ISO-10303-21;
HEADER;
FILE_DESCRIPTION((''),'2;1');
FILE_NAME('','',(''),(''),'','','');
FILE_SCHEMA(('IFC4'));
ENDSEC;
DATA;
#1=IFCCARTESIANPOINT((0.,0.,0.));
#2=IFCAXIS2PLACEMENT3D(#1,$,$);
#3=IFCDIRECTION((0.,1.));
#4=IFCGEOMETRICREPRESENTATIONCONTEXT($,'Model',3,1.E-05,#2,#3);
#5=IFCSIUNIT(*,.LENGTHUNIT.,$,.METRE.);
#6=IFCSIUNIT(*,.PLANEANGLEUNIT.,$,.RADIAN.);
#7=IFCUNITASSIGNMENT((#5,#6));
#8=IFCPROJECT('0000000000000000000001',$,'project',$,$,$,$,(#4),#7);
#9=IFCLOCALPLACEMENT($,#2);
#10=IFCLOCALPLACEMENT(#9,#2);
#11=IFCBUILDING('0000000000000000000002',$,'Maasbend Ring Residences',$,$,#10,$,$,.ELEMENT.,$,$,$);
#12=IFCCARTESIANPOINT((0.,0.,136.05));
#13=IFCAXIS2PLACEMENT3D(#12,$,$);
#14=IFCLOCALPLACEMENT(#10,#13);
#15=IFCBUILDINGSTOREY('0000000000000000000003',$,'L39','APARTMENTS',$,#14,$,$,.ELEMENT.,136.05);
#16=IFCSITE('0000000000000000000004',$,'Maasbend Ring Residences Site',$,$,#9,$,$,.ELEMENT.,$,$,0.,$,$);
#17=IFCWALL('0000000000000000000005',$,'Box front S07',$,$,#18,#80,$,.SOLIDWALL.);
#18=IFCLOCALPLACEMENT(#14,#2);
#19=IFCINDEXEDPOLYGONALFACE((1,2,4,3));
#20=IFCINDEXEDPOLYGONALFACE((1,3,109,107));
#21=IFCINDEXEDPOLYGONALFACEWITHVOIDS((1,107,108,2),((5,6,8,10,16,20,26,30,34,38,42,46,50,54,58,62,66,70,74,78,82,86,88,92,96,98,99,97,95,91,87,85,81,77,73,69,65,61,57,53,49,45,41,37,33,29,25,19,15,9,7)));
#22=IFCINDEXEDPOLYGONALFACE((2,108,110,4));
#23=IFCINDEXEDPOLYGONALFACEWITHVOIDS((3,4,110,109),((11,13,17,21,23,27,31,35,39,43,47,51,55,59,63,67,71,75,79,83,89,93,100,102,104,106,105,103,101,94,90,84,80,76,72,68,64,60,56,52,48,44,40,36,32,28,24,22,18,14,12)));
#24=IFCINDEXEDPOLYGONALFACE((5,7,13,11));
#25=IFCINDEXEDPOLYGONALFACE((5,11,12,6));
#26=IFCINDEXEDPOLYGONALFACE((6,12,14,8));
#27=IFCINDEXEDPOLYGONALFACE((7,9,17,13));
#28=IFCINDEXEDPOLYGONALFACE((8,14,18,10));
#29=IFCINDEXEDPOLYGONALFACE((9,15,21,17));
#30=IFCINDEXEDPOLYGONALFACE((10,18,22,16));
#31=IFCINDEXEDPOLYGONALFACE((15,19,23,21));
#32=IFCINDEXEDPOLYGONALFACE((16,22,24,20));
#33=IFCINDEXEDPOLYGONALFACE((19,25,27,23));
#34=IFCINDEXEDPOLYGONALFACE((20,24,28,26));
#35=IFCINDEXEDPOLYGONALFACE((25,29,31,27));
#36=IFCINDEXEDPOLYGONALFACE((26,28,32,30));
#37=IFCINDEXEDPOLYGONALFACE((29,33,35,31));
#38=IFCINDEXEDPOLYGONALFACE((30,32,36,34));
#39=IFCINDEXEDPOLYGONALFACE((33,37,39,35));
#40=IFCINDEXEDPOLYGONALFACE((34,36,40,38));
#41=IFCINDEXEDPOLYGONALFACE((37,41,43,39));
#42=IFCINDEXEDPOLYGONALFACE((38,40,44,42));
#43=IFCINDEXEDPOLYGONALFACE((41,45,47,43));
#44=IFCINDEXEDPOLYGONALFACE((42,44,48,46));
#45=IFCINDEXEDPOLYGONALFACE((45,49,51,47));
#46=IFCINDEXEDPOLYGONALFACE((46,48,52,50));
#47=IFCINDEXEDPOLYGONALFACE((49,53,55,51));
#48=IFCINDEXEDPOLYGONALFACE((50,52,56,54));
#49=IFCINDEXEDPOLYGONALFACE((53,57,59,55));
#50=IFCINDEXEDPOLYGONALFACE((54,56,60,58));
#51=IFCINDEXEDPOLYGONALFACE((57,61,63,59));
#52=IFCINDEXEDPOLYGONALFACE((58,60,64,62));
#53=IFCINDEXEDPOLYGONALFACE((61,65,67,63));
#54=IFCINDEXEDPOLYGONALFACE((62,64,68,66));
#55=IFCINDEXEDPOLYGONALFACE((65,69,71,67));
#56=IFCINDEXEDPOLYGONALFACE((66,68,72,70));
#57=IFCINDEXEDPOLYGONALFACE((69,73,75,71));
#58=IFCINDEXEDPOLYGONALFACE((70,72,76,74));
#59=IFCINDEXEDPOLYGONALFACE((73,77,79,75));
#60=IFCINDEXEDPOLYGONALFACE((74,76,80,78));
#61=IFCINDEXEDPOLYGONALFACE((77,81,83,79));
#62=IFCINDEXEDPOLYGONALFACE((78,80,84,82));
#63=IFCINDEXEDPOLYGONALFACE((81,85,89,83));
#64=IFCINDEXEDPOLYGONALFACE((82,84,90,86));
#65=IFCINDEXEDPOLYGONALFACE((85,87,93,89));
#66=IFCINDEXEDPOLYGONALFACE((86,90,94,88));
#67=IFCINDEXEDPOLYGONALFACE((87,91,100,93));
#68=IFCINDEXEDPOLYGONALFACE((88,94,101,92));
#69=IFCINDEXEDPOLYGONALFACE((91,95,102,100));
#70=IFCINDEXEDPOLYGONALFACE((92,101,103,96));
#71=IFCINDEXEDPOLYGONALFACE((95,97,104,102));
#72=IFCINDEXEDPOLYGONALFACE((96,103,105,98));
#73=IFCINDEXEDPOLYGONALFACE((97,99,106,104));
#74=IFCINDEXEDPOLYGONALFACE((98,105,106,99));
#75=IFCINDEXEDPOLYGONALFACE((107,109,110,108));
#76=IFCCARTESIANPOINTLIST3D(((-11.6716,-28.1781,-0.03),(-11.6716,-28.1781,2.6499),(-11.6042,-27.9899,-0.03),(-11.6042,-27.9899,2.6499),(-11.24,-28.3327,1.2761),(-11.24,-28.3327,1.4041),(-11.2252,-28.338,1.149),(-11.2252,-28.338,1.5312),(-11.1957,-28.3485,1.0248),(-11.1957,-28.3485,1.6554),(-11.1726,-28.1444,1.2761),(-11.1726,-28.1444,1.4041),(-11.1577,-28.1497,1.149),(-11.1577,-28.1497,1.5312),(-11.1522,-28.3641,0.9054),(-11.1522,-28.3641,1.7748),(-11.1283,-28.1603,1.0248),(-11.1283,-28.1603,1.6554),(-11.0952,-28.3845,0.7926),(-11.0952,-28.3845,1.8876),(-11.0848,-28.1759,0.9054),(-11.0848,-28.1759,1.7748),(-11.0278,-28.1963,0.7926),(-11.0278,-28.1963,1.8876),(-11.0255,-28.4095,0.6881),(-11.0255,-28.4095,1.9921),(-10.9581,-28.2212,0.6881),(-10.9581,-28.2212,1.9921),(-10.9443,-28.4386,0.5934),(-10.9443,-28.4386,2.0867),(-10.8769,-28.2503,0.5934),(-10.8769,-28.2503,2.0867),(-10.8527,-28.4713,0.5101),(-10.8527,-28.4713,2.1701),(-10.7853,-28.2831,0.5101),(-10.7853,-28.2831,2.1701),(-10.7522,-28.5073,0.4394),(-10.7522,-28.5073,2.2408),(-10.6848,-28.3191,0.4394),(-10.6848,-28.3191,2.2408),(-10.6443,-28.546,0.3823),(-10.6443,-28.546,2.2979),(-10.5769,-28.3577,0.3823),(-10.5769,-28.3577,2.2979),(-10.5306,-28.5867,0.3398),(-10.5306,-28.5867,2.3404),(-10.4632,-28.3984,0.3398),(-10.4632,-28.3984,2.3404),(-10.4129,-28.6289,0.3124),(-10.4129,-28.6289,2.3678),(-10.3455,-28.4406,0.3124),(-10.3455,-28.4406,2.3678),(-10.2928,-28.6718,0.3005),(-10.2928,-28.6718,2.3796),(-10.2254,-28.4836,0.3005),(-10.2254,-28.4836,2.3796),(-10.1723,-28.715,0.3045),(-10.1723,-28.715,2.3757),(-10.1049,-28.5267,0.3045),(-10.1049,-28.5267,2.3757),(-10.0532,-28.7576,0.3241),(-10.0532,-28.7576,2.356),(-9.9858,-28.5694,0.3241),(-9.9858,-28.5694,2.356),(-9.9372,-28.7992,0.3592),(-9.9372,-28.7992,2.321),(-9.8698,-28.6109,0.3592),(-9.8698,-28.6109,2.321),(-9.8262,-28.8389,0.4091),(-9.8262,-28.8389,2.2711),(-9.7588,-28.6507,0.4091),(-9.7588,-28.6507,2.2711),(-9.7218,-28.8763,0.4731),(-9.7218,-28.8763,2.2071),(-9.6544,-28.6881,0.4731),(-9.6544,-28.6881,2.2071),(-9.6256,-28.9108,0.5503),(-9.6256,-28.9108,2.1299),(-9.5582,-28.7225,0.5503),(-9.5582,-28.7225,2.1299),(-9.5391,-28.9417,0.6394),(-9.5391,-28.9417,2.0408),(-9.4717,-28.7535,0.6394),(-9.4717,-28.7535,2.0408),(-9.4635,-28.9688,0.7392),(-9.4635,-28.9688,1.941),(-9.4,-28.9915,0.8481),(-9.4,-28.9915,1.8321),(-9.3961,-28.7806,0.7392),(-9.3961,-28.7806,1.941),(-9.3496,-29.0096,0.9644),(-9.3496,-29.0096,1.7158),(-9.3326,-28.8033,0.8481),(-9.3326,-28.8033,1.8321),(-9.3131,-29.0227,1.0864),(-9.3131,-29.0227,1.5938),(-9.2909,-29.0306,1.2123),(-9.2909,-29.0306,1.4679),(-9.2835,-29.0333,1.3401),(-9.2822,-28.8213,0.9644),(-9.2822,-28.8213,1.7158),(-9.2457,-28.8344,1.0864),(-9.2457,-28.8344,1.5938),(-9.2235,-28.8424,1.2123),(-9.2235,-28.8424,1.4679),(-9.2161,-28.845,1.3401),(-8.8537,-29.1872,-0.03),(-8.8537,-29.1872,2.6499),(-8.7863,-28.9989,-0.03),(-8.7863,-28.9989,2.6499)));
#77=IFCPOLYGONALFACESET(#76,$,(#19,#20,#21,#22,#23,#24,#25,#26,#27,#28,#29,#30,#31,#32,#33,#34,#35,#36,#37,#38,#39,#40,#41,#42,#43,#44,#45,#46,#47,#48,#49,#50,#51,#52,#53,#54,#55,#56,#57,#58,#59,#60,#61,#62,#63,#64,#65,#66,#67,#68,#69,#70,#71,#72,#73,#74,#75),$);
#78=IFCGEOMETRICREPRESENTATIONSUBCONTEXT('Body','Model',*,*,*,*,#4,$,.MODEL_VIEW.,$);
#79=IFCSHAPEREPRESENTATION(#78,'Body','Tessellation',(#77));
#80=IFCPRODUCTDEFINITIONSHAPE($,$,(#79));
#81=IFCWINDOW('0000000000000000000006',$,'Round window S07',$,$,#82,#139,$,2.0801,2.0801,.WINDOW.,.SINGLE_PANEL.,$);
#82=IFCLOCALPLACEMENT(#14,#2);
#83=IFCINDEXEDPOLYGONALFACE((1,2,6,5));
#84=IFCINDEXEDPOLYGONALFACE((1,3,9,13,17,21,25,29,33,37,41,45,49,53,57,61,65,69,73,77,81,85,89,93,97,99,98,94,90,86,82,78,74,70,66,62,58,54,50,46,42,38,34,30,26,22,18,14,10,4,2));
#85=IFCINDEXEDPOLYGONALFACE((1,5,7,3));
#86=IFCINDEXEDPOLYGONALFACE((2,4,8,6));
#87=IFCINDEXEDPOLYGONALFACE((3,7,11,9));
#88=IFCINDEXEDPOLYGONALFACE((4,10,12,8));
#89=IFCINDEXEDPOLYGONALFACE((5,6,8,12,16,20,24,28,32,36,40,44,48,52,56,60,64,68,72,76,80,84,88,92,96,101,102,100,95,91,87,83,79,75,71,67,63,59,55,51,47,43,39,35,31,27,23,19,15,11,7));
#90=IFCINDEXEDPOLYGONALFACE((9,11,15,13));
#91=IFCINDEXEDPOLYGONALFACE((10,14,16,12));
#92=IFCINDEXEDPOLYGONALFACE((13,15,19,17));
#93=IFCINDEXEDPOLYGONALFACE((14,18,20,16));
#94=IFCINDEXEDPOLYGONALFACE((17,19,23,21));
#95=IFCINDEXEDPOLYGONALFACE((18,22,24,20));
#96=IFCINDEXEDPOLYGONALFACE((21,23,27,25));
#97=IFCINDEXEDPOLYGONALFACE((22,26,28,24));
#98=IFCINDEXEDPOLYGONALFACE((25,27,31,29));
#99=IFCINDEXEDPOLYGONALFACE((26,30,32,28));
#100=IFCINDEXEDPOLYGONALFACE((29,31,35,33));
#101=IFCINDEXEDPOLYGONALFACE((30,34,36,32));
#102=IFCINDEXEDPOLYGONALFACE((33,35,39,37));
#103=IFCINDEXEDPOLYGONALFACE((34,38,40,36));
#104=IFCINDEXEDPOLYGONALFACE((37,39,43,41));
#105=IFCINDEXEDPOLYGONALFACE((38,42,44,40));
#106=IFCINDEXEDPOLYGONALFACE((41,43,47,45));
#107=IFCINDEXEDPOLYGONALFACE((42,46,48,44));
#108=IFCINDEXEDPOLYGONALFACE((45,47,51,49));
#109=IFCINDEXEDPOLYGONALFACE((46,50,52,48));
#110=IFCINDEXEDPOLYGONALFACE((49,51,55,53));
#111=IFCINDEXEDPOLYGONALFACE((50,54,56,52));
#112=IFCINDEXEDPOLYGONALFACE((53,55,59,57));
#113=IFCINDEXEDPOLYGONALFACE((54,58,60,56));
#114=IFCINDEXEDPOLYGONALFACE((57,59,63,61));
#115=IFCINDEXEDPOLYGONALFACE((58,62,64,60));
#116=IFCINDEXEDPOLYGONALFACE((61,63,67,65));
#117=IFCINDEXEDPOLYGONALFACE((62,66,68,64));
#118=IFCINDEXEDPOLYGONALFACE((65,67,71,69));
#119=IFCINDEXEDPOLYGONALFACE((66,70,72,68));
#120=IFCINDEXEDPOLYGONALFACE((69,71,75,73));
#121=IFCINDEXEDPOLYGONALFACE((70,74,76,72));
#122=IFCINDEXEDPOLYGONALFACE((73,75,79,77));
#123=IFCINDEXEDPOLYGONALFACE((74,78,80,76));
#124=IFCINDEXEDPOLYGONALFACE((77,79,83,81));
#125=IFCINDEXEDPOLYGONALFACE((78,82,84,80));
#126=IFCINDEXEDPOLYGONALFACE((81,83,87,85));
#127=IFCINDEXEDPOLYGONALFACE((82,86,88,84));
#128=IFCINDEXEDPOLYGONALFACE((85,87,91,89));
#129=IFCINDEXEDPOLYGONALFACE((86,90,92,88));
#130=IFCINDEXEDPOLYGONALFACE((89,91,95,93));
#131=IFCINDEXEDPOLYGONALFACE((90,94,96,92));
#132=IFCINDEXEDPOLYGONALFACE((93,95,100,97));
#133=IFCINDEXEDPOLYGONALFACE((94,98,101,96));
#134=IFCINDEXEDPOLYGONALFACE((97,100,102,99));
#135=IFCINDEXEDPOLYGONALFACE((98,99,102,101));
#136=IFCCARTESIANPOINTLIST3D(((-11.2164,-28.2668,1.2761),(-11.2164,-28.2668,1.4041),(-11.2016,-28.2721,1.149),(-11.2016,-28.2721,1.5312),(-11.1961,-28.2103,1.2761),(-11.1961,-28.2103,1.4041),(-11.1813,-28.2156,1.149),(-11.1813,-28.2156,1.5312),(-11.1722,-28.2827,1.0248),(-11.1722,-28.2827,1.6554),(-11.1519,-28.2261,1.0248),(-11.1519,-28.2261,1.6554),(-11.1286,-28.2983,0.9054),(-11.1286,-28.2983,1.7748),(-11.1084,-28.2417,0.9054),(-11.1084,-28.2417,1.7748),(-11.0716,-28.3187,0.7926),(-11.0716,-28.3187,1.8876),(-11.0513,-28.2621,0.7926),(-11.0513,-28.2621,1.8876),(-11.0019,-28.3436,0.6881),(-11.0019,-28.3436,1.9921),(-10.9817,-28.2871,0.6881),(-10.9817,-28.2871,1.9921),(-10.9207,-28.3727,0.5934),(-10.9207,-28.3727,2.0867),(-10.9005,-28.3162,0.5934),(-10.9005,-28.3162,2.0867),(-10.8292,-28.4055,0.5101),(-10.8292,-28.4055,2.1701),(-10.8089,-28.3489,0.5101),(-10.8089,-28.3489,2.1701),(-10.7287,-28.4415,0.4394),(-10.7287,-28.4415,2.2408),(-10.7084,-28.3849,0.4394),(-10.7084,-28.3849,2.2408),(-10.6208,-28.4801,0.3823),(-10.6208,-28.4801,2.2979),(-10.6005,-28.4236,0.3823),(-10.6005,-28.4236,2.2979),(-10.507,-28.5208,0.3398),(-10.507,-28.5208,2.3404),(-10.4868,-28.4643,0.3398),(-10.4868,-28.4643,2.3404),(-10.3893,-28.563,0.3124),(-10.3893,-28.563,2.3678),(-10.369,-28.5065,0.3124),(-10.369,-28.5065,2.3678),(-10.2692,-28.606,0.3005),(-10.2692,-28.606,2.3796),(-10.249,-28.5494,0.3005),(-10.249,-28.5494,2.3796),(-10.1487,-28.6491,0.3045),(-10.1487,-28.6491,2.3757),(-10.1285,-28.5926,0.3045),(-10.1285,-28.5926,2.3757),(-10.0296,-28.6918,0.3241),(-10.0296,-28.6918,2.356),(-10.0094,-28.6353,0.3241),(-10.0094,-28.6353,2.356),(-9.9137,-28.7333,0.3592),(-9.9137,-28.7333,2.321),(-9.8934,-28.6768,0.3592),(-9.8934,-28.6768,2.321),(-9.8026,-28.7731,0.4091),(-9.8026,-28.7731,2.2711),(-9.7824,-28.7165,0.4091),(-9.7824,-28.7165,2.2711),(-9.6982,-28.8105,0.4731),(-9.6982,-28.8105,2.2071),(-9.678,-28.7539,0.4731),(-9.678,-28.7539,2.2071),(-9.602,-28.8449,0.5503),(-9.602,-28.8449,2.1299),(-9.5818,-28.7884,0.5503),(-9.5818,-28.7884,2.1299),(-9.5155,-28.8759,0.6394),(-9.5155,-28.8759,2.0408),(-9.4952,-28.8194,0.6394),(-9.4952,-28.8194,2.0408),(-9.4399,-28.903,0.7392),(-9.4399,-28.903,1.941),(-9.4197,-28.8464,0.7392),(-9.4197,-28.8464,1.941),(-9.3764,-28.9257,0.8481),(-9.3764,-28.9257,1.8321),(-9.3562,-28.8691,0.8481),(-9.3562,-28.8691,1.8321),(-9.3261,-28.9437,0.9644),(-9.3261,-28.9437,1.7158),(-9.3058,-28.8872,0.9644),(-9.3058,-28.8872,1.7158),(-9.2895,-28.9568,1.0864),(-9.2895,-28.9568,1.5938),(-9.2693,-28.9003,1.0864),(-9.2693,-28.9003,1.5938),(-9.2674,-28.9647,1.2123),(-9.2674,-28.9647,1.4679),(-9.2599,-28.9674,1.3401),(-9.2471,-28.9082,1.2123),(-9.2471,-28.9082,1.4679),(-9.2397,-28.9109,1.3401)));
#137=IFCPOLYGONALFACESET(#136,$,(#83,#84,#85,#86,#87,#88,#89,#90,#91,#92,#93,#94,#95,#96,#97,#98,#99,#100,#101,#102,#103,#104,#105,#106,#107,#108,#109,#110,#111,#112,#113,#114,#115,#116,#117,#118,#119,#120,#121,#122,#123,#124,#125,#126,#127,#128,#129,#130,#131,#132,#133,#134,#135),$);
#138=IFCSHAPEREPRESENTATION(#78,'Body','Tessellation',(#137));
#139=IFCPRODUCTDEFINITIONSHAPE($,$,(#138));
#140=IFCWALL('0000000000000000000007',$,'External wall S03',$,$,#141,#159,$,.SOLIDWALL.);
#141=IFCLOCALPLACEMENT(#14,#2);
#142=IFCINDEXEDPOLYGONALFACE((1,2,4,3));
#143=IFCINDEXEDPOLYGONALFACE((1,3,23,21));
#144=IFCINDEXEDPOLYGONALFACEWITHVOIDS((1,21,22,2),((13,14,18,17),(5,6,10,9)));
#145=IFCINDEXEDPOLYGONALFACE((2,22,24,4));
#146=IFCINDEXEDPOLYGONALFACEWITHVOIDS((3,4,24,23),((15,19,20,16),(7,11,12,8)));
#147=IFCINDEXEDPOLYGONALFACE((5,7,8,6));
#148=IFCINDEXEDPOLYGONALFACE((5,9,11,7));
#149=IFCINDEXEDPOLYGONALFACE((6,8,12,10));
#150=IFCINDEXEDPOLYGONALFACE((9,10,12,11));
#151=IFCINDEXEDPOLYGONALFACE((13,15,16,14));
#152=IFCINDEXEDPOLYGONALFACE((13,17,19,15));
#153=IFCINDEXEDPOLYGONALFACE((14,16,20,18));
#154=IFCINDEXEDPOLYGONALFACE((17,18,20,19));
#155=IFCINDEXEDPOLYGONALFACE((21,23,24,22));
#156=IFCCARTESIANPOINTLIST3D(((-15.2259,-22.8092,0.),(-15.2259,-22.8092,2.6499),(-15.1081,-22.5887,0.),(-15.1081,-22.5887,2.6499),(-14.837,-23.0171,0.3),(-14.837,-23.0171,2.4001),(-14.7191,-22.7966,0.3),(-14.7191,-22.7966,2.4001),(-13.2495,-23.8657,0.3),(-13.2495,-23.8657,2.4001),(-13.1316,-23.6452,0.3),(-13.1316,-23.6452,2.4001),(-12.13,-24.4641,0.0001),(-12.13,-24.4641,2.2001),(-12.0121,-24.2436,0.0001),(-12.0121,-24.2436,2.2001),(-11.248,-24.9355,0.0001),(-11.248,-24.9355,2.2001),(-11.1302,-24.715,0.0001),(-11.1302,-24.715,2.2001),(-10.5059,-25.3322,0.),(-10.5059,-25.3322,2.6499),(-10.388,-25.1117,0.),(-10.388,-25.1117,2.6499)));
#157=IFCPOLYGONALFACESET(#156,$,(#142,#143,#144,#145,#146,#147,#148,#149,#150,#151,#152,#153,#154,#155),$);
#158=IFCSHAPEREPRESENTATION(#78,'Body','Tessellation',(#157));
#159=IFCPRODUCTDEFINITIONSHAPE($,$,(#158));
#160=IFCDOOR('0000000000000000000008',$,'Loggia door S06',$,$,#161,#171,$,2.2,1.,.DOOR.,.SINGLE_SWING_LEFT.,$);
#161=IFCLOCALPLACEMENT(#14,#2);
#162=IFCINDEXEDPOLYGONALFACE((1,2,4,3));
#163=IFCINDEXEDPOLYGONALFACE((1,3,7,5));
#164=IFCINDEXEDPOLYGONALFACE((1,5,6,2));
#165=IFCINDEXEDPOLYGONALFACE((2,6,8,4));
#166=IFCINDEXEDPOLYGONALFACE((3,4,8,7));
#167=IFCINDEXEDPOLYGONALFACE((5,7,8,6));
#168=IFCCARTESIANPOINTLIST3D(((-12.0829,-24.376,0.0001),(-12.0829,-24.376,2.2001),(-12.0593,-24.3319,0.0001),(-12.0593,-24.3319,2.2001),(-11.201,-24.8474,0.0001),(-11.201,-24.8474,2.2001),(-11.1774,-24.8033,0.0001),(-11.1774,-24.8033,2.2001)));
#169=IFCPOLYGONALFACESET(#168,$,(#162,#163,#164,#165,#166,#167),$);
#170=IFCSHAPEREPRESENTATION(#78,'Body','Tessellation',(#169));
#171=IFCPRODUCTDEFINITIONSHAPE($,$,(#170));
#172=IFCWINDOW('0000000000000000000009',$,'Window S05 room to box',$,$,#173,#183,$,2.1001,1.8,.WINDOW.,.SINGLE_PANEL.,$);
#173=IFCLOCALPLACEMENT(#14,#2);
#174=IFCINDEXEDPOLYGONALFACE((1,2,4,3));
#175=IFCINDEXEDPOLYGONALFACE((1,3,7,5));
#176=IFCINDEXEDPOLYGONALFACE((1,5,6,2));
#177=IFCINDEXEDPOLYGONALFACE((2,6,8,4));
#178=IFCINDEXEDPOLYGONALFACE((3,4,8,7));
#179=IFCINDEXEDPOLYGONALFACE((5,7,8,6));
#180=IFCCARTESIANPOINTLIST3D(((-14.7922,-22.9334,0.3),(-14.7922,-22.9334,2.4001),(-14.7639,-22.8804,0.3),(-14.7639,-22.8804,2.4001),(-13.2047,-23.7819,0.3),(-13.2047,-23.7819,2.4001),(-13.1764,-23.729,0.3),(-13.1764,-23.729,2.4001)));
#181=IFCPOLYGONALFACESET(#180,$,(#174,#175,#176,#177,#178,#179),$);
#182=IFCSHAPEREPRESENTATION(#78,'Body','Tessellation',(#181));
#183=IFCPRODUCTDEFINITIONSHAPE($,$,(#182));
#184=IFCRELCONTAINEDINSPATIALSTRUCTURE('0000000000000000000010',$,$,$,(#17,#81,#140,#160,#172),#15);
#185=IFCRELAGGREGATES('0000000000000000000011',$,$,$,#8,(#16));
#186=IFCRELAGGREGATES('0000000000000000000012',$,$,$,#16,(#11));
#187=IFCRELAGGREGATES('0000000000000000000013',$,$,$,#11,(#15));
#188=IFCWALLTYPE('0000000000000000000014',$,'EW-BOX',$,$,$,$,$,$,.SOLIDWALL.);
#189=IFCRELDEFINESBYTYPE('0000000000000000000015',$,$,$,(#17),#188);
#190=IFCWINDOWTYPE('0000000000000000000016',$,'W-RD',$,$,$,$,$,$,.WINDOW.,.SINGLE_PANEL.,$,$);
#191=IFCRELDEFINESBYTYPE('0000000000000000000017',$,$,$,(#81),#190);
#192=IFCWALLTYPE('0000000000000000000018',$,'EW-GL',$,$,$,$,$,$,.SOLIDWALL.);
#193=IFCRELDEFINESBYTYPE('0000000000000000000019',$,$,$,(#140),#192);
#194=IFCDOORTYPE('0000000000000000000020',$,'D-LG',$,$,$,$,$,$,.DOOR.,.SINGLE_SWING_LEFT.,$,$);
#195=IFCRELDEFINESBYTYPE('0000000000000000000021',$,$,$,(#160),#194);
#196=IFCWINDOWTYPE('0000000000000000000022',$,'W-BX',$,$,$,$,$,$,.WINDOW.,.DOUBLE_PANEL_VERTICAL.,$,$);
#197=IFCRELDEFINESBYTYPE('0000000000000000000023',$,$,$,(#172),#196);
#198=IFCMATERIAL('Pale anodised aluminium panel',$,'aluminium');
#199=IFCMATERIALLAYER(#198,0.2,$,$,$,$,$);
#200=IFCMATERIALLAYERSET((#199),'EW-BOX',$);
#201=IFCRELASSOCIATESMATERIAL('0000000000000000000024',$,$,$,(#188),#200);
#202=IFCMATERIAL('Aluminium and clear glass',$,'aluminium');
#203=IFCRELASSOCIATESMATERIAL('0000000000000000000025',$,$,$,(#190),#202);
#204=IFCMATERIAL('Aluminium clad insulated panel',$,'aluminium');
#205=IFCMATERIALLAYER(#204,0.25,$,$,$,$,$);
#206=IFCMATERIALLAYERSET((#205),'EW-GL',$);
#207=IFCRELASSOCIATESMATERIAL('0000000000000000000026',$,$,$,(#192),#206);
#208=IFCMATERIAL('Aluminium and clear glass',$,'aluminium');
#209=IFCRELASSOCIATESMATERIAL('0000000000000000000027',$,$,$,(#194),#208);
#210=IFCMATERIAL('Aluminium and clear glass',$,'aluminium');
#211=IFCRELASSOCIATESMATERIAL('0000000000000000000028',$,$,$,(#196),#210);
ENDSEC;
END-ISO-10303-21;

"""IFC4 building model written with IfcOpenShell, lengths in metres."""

from ifc_helpers import new_model, si_unit, direction, frame, frame_2d, origin, place, context, subcontext, project, spatial, rectangle, circle, extrude, material, layer, layer_set, type_object, element, fill, save


model = new_model("IFC4")

# Units and contexts
model_context = context("Model", 3, precision=1e-05, world=origin(), true_north=direction((0.0, 1.0)))
body_context = subcontext(model_context, "Body", "Model", "MODEL_VIEW")
ifc_project = project(units=[si_unit("LENGTHUNIT", "METRE"), si_unit("PLANEANGLEUNIT", "RADIAN")], contexts=[model_context])

# Site, building, storey
site_placement = place(None, origin())
site = spatial("IfcSite", under=ifc_project, at=site_placement, Name="Maasbend Ring Residences Site", CompositionType="ELEMENT", RefElevation=0.0)
building_placement = place(site_placement, origin())
building = spatial("IfcBuilding", under=site, at=building_placement, Name="Maasbend Ring Residences", CompositionType="ELEMENT")
storey_placement = place(building_placement, frame((0.0, 0.0, 136.05)))
storey = spatial("IfcBuildingStorey", under=building, at=storey_placement, Name="L39", Description="APARTMENTS", CompositionType="ELEMENT", Elevation=136.05)

# Shared definitions
ifc_material_1 = material(Name="Pale anodised aluminium panel", Category="aluminium")
ifc_layer_1 = layer(ifc_material_1, 0.2)
ifc_layer_set_1 = layer_set([ifc_layer_1], Name="EW-BOX")
wall_type_1 = type_object("IfcWallType", Name="EW-BOX", PredefinedType="SOLIDWALL", material=ifc_layer_set_1)
ifc_material_2 = material(Name="Aluminium and clear glass", Category="aluminium")
window_type_1 = type_object("IfcWindowType", Name="W-RD", PartitioningType="SINGLE_PANEL", PredefinedType="WINDOW", material=ifc_material_2)

# Wall, opening, window
wall_1_placement = place(storey_placement, frame((-11.6379, -28.084, -0.03), z_axis=(0.0, 0.0, 1.0), x_axis=(0.941461, -0.337122, 0.0)))
wall_1 = element("IfcWall", 1, at=wall_1_placement, inside=storey, type_object=wall_type_1, Name="Box front S07", PredefinedType="SOLIDWALL", context=body_context, shape_type="SweptSolid", body=[
    extrude(rectangle(XDim=2.9932, YDim=0.2, at=frame_2d((1.4966, 0.0))), origin(), (0.0, 0.0, 1.0), 2.6799),
])
opening_1_placement = place(wall_1_placement, frame((0.4565, 0.0, 0.3301)))
opening_1 = element("IfcOpeningElement", 2, at=opening_1_placement, cuts=wall_1, PredefinedType="OPENING", context=body_context, shape_type="SweptSolid", body=[
    extrude(circle(Radius=1.04, at=frame_2d((1.04, 1.04))), frame((0.0, 0.1099, 0.0), z_axis=(0.0, -1.0, 0.0), x_axis=(1.0, 0.0, 0.0)), (0.0, 0.0, 1.0), 0.22),
])
window_1_placement = place(opening_1_placement, origin())
window_1 = element("IfcWindow", 3, at=window_1_placement, inside=storey, type_object=window_type_1, Name="Round window S07", OverallHeight=2.0801, OverallWidth=2.0801, PartitioningType="SINGLE_PANEL", PredefinedType="WINDOW", context=body_context, shape_type="SweptSolid", body=[
    extrude(circle(Radius=1.04, at=frame_2d((1.04, 1.04))), frame((0.0, 0.03, 0.0), z_axis=(0.0, -1.0, 0.0), x_axis=(1.0, 0.0, 0.0)), (0.0, 0.0, 1.0), 0.0601),
])
fill(opening_1, window_1)

# Wall, openings, door, window
ifc_material_3 = material(Name="Aluminium clad insulated panel", Category="aluminium")
ifc_layer_2 = layer(ifc_material_3, 0.25)
ifc_layer_set_2 = layer_set([ifc_layer_2], Name="EW-GL")
wall_type_2 = type_object("IfcWallType", Name="EW-GL", PredefinedType="SOLIDWALL", material=ifc_layer_set_2)
wall_2_placement = place(storey_placement, frame((-15.167, -22.699, 0.0), z_axis=(0.0, 0.0, 1.0), x_axis=(0.881916, -0.471407, 0.0)))
wall_2 = element("IfcWall", 4, at=wall_2_placement, inside=storey, type_object=wall_type_2, Name="External wall S03", PredefinedType="SOLIDWALL", context=body_context, shape_type="SweptSolid", body=[
    extrude(rectangle(XDim=5.3521, YDim=0.25, at=frame_2d((2.676, 0.0))), origin(), (0.0, 0.0, 1.0), 2.6499),
])
opening_2_placement = place(wall_2_placement, frame((0.4412, 0.0, 0.3)))
opening_2 = element("IfcOpeningElement", 5, at=opening_2_placement, cuts=wall_2, PredefinedType="OPENING", context=body_context, shape_type="SweptSolid", body=[
    extrude(rectangle(XDim=1.8, YDim=2.1001, at=frame_2d((0.8999, 1.05))), frame((0.0, 0.135, 0.0), z_axis=(0.0, -1.0, 0.0), x_axis=(1.0, 0.0, 0.0)), (0.0, 0.0, 1.0), 0.27),
])
opening_3_placement = place(wall_2_placement, frame((3.5105, 0.0, 0.0)))
opening_3 = element("IfcOpeningElement", 6, at=opening_3_placement, cuts=wall_2, PredefinedType="OPENING", context=body_context, shape_type="SweptSolid", body=[
    extrude(rectangle(XDim=1.0, YDim=2.2, at=frame_2d((0.5, 1.1001))), frame((0.0, 0.135, 0.0), z_axis=(0.0, -1.0, 0.0), x_axis=(1.0, 0.0, 0.0)), (0.0, 0.0, 1.0), 0.27),
])
ifc_material_4 = material(Name="Aluminium and clear glass", Category="aluminium")
door_type_1 = type_object("IfcDoorType", Name="D-LG", OperationType="SINGLE_SWING_LEFT", PredefinedType="DOOR", material=ifc_material_4)
door_1_placement = place(opening_3_placement, origin())
door_1 = element("IfcDoor", 7, at=door_1_placement, inside=storey, type_object=door_type_1, Name="Loggia door S06", OperationType="SINGLE_SWING_LEFT", OverallHeight=2.2, OverallWidth=1.0, PredefinedType="DOOR", context=body_context, shape_type="SweptSolid", body=[
    extrude(rectangle(XDim=1.0, YDim=2.2, at=frame_2d((0.5, 1.1001))), frame((0.0, 0.0249, 0.0), z_axis=(0.0, -1.0, 0.0), x_axis=(1.0, 0.0, 0.0)), (0.0, 0.0, 1.0), 0.05),
])
fill(opening_3, door_1)
ifc_material_5 = material(Name="Aluminium and clear glass", Category="aluminium")
window_type_2 = type_object("IfcWindowType", Name="W-BX", PartitioningType="DOUBLE_PANEL_VERTICAL", PredefinedType="WINDOW", material=ifc_material_5)
window_2_placement = place(opening_2_placement, origin())
window_2 = element("IfcWindow", 8, at=window_2_placement, inside=storey, type_object=window_type_2, Name="Window S05 room to box", OverallHeight=2.1001, OverallWidth=1.8, PartitioningType="SINGLE_PANEL", PredefinedType="WINDOW", context=body_context, shape_type="SweptSolid", body=[
    extrude(rectangle(XDim=1.8, YDim=2.1001, at=frame_2d((0.8999, 1.05))), frame((0.0, 0.03, 0.0), z_axis=(0.0, -1.0, 0.0), x_axis=(1.0, 0.0, 0.0)), (0.0, 0.0, 1.0), 0.0601),
])
fill(opening_2, window_2)

save(model, "model.ifc")
